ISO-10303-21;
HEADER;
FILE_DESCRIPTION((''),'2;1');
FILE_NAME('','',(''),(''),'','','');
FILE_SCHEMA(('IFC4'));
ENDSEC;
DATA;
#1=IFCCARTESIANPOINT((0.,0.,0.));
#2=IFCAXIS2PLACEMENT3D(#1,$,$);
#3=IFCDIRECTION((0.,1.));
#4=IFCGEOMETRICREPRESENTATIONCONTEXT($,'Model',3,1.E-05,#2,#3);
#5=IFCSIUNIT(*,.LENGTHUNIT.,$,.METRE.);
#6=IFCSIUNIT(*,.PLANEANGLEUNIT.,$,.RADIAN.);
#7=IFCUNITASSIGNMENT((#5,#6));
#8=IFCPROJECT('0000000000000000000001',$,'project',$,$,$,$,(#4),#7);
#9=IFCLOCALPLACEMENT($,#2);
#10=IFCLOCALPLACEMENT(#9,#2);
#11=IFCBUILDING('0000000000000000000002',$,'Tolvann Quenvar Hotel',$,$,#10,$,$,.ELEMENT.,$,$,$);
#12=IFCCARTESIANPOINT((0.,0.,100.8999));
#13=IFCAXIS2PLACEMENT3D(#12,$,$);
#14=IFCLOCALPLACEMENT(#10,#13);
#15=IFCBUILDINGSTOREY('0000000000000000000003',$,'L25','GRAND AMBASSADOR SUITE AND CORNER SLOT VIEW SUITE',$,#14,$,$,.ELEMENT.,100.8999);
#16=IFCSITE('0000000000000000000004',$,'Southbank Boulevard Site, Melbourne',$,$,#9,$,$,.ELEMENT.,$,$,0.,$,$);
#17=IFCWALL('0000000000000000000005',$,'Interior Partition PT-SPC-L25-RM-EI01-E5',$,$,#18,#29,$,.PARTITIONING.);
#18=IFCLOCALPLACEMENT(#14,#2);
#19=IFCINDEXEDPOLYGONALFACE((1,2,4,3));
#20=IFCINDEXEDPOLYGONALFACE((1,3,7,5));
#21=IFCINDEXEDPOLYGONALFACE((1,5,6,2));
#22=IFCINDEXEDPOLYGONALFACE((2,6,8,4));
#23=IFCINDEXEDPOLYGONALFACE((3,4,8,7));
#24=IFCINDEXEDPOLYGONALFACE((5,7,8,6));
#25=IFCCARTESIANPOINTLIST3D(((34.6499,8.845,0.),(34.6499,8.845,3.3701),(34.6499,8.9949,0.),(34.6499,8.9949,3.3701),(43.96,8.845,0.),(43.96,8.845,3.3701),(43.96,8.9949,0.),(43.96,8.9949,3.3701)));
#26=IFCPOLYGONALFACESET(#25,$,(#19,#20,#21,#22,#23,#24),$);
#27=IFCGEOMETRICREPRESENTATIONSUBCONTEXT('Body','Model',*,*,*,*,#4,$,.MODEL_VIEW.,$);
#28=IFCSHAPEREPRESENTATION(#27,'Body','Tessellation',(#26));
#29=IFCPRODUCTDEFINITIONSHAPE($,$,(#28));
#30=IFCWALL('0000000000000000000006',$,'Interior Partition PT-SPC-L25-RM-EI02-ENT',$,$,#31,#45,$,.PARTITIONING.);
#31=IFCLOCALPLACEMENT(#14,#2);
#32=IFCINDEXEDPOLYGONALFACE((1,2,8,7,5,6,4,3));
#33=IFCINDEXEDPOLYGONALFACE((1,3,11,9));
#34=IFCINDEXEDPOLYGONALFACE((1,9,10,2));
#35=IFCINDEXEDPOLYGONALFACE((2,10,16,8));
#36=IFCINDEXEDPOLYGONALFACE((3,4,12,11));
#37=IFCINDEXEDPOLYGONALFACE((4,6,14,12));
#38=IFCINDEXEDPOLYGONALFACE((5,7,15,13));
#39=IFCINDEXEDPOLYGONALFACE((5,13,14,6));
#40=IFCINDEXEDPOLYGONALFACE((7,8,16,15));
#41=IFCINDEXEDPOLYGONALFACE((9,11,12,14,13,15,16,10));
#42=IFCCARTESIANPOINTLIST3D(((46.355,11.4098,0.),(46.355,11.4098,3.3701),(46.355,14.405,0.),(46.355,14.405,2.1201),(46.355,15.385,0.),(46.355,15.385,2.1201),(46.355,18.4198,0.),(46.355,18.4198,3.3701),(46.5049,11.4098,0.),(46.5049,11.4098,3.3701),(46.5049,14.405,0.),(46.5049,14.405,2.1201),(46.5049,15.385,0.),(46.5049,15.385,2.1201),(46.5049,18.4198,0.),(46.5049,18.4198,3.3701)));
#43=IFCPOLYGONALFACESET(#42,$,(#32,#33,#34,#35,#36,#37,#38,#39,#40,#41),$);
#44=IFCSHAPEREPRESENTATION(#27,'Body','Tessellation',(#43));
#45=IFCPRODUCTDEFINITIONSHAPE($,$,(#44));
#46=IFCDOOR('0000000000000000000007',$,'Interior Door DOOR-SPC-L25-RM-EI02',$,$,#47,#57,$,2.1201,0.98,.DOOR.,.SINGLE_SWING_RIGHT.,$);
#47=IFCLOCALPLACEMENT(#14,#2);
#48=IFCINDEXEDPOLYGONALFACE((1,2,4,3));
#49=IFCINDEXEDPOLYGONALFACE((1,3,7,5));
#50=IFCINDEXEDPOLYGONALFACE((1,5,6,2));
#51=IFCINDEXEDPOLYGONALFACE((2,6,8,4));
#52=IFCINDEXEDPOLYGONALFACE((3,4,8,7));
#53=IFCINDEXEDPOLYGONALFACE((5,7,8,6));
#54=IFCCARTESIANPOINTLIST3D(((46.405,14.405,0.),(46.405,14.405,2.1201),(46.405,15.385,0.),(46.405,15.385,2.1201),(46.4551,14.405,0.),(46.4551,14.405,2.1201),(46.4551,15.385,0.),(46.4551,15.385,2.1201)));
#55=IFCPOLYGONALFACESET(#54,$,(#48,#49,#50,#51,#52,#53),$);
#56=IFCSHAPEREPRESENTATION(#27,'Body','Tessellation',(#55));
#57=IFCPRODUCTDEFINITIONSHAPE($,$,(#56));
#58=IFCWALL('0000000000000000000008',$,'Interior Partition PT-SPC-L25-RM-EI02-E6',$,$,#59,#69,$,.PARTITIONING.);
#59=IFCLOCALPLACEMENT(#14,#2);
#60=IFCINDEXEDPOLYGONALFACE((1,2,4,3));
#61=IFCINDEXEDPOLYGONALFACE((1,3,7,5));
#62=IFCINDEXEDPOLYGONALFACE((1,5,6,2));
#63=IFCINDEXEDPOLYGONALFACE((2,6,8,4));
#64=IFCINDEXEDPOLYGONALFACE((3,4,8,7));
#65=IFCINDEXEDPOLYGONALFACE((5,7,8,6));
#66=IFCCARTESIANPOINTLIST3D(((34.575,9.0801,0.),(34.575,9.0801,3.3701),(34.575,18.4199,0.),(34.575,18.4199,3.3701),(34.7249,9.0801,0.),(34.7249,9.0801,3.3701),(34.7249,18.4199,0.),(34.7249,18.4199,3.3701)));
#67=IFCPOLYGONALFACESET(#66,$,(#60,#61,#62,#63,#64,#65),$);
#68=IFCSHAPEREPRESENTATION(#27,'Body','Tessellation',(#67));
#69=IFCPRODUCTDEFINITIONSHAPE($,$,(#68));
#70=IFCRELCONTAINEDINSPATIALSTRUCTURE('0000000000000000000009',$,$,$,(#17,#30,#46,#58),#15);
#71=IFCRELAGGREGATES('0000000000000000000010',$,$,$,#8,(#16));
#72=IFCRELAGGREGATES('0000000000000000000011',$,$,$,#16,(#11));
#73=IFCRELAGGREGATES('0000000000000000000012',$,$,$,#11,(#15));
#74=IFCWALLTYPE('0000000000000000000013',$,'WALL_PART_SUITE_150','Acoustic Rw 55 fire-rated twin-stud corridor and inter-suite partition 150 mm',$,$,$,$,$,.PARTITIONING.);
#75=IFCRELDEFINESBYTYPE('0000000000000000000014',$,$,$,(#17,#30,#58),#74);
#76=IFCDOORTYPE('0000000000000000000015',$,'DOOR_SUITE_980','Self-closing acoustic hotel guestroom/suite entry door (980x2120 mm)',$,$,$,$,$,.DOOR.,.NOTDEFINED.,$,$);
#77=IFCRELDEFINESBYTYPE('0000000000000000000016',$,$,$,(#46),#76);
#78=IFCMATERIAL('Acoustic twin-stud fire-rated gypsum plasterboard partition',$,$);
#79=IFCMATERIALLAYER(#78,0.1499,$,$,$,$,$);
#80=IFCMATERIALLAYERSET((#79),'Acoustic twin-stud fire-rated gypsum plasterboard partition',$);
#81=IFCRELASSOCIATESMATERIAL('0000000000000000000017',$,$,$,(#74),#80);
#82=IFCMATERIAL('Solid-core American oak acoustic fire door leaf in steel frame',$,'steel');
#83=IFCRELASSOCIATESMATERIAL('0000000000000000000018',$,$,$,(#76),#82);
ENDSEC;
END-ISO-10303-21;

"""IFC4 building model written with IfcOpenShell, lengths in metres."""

from ifc_helpers import new_model, si_unit, direction, frame, frame_2d, origin, place, context, subcontext, project, spatial, rectangle, extrude, source, transform, mapped, material, layer, layer_set, type_object, type_shapes, element, fill, save


model = new_model("IFC4")

# Units and contexts
model_context = context("Model", 3, precision=1e-05, world=origin(), true_north=direction((0.0, 1.0)))
body_context = subcontext(model_context, "Body", "Model", "MODEL_VIEW")
ifc_project = project(units=[si_unit("LENGTHUNIT", "METRE"), si_unit("PLANEANGLEUNIT", "RADIAN")], contexts=[model_context])

# Site, building, storey
site_placement = place(None, origin())
site = spatial("IfcSite", under=ifc_project, at=site_placement, Name="Southbank Boulevard Site, Melbourne", CompositionType="ELEMENT", RefElevation=0.0)
building_placement = place(site_placement, origin())
building = spatial("IfcBuilding", under=site, at=building_placement, Name="Tolvann Quenvar Hotel", CompositionType="ELEMENT")
storey_placement = place(building_placement, frame((0.0, 0.0, 100.8999)))
storey = spatial("IfcBuildingStorey", under=building, at=storey_placement, Name="L25", Description="GRAND AMBASSADOR SUITE AND CORNER SLOT VIEW SUITE", CompositionType="ELEMENT", Elevation=100.8999)

# Shared definitions
ifc_material_1 = material(Name="Acoustic twin-stud fire-rated gypsum plasterboard partition")
ifc_layer_1 = layer(ifc_material_1, 0.1499)
ifc_layer_set_1 = layer_set([ifc_layer_1], Name="Acoustic twin-stud fire-rated gypsum plasterboard partition")
wall_type_1 = type_object("IfcWallType", Name="WALL_PART_SUITE_150", Description="Acoustic Rw 55 fire-rated twin-stud corridor and inter-suite partition 150 mm", PredefinedType="PARTITIONING", material=ifc_layer_set_1)
ifc_material_2 = material(Name="Solid-core American oak acoustic fire door leaf in steel frame", Category="steel")

# Wall
wall_1_placement = place(storey_placement, frame((34.6499, 8.9199, 0.0), z_axis=(0.0, 0.0, 1.0), x_axis=(1.0, 0.0, 0.0)))
element("IfcWall", 1, at=wall_1_placement, inside=storey, type_object=wall_type_1, Name="Interior Partition PT-SPC-L25-RM-EI01-E5", PredefinedType="PARTITIONING", context=body_context, shape_type="SweptSolid", body=[
    extrude(rectangle(XDim=9.3101, YDim=0.1499, at=frame_2d((4.655, 0.0))), origin(), (0.0, 0.0, 1.0), 3.3701),
])

# Wall, opening, door
wall_2_placement = place(storey_placement, frame((46.4299, 11.4099, 0.0), z_axis=(0.0, 0.0, 1.0), x_axis=(0.0, 1.0, 0.0)))
wall_2 = element("IfcWall", 2, at=wall_2_placement, inside=storey, type_object=wall_type_1, Name="Interior Partition PT-SPC-L25-RM-EI02-ENT", PredefinedType="PARTITIONING", context=body_context, shape_type="SweptSolid", body=[
    extrude(rectangle(XDim=7.01, YDim=0.1499, at=frame_2d((3.5049, 0.0))), origin(), (0.0, 0.0, 1.0), 3.3701),
])
opening_1_placement = place(wall_2_placement, frame((2.9951, 0.0, 0.0)))
opening_1 = element("IfcOpeningElement", 3, at=opening_1_placement, cuts=wall_2, PredefinedType="OPENING", context=body_context, shape_type="SweptSolid", body=[
    extrude(rectangle(XDim=0.98, YDim=2.1201, at=frame_2d((0.49, 1.0601))), frame((0.0, 0.085, 0.0), z_axis=(0.0, -1.0, 0.0), x_axis=(1.0, 0.0, 0.0)), (0.0, 0.0, 1.0), 0.1699),
])
door_type_1 = type_object("IfcDoorType", Name="DOOR_SUITE_980", Description="Self-closing acoustic hotel guestroom/suite entry door (980x2120 mm)", OperationType="NOTDEFINED", PredefinedType="DOOR", material=ifc_material_2)
shared_shape_1 = source(origin(), body_context, "Body", "SweptSolid", [
    extrude(rectangle(XDim=0.98, YDim=2.1201, at=frame_2d((0.49, 1.0601))), frame((0.0, 0.0249, 0.0), z_axis=(0.0, -1.0, 0.0), x_axis=(1.0, 0.0, 0.0)), (0.0, 0.0, 1.0), 0.05),
])
type_shapes(door_type_1, [shared_shape_1])
door_1_placement = place(opening_1_placement, origin())
door_1 = element("IfcDoor", 4, at=door_1_placement, inside=storey, type_object=door_type_1, Name="Interior Door DOOR-SPC-L25-RM-EI02", OperationType="SINGLE_SWING_RIGHT", OverallHeight=2.1201, OverallWidth=0.98, PredefinedType="DOOR", context=body_context, shape_type="MappedRepresentation", body=[
    mapped(shared_shape_1, transform((0.0, 0.0, 0.0), x_axis=(1.0, 0.0, 0.0), y_axis=(0.0, 1.0, 0.0), z_axis=(0.0, 0.0, 1.0), scale=1.0)),
])
fill(opening_1, door_1)

# Wall
wall_3_placement = place(storey_placement, frame((34.6499, 9.0801, 0.0), z_axis=(0.0, 0.0, 1.0), x_axis=(0.0, 1.0, 0.0)))
element("IfcWall", 5, at=wall_3_placement, inside=storey, type_object=wall_type_1, Name="Interior Partition PT-SPC-L25-RM-EI02-E6", PredefinedType="PARTITIONING", context=body_context, shape_type="SweptSolid", body=[
    extrude(rectangle(XDim=9.3398, YDim=0.1499, at=frame_2d((4.6699, 0.0))), origin(), (0.0, 0.0, 1.0), 3.3701),
])

save(model, "model.ifc")
